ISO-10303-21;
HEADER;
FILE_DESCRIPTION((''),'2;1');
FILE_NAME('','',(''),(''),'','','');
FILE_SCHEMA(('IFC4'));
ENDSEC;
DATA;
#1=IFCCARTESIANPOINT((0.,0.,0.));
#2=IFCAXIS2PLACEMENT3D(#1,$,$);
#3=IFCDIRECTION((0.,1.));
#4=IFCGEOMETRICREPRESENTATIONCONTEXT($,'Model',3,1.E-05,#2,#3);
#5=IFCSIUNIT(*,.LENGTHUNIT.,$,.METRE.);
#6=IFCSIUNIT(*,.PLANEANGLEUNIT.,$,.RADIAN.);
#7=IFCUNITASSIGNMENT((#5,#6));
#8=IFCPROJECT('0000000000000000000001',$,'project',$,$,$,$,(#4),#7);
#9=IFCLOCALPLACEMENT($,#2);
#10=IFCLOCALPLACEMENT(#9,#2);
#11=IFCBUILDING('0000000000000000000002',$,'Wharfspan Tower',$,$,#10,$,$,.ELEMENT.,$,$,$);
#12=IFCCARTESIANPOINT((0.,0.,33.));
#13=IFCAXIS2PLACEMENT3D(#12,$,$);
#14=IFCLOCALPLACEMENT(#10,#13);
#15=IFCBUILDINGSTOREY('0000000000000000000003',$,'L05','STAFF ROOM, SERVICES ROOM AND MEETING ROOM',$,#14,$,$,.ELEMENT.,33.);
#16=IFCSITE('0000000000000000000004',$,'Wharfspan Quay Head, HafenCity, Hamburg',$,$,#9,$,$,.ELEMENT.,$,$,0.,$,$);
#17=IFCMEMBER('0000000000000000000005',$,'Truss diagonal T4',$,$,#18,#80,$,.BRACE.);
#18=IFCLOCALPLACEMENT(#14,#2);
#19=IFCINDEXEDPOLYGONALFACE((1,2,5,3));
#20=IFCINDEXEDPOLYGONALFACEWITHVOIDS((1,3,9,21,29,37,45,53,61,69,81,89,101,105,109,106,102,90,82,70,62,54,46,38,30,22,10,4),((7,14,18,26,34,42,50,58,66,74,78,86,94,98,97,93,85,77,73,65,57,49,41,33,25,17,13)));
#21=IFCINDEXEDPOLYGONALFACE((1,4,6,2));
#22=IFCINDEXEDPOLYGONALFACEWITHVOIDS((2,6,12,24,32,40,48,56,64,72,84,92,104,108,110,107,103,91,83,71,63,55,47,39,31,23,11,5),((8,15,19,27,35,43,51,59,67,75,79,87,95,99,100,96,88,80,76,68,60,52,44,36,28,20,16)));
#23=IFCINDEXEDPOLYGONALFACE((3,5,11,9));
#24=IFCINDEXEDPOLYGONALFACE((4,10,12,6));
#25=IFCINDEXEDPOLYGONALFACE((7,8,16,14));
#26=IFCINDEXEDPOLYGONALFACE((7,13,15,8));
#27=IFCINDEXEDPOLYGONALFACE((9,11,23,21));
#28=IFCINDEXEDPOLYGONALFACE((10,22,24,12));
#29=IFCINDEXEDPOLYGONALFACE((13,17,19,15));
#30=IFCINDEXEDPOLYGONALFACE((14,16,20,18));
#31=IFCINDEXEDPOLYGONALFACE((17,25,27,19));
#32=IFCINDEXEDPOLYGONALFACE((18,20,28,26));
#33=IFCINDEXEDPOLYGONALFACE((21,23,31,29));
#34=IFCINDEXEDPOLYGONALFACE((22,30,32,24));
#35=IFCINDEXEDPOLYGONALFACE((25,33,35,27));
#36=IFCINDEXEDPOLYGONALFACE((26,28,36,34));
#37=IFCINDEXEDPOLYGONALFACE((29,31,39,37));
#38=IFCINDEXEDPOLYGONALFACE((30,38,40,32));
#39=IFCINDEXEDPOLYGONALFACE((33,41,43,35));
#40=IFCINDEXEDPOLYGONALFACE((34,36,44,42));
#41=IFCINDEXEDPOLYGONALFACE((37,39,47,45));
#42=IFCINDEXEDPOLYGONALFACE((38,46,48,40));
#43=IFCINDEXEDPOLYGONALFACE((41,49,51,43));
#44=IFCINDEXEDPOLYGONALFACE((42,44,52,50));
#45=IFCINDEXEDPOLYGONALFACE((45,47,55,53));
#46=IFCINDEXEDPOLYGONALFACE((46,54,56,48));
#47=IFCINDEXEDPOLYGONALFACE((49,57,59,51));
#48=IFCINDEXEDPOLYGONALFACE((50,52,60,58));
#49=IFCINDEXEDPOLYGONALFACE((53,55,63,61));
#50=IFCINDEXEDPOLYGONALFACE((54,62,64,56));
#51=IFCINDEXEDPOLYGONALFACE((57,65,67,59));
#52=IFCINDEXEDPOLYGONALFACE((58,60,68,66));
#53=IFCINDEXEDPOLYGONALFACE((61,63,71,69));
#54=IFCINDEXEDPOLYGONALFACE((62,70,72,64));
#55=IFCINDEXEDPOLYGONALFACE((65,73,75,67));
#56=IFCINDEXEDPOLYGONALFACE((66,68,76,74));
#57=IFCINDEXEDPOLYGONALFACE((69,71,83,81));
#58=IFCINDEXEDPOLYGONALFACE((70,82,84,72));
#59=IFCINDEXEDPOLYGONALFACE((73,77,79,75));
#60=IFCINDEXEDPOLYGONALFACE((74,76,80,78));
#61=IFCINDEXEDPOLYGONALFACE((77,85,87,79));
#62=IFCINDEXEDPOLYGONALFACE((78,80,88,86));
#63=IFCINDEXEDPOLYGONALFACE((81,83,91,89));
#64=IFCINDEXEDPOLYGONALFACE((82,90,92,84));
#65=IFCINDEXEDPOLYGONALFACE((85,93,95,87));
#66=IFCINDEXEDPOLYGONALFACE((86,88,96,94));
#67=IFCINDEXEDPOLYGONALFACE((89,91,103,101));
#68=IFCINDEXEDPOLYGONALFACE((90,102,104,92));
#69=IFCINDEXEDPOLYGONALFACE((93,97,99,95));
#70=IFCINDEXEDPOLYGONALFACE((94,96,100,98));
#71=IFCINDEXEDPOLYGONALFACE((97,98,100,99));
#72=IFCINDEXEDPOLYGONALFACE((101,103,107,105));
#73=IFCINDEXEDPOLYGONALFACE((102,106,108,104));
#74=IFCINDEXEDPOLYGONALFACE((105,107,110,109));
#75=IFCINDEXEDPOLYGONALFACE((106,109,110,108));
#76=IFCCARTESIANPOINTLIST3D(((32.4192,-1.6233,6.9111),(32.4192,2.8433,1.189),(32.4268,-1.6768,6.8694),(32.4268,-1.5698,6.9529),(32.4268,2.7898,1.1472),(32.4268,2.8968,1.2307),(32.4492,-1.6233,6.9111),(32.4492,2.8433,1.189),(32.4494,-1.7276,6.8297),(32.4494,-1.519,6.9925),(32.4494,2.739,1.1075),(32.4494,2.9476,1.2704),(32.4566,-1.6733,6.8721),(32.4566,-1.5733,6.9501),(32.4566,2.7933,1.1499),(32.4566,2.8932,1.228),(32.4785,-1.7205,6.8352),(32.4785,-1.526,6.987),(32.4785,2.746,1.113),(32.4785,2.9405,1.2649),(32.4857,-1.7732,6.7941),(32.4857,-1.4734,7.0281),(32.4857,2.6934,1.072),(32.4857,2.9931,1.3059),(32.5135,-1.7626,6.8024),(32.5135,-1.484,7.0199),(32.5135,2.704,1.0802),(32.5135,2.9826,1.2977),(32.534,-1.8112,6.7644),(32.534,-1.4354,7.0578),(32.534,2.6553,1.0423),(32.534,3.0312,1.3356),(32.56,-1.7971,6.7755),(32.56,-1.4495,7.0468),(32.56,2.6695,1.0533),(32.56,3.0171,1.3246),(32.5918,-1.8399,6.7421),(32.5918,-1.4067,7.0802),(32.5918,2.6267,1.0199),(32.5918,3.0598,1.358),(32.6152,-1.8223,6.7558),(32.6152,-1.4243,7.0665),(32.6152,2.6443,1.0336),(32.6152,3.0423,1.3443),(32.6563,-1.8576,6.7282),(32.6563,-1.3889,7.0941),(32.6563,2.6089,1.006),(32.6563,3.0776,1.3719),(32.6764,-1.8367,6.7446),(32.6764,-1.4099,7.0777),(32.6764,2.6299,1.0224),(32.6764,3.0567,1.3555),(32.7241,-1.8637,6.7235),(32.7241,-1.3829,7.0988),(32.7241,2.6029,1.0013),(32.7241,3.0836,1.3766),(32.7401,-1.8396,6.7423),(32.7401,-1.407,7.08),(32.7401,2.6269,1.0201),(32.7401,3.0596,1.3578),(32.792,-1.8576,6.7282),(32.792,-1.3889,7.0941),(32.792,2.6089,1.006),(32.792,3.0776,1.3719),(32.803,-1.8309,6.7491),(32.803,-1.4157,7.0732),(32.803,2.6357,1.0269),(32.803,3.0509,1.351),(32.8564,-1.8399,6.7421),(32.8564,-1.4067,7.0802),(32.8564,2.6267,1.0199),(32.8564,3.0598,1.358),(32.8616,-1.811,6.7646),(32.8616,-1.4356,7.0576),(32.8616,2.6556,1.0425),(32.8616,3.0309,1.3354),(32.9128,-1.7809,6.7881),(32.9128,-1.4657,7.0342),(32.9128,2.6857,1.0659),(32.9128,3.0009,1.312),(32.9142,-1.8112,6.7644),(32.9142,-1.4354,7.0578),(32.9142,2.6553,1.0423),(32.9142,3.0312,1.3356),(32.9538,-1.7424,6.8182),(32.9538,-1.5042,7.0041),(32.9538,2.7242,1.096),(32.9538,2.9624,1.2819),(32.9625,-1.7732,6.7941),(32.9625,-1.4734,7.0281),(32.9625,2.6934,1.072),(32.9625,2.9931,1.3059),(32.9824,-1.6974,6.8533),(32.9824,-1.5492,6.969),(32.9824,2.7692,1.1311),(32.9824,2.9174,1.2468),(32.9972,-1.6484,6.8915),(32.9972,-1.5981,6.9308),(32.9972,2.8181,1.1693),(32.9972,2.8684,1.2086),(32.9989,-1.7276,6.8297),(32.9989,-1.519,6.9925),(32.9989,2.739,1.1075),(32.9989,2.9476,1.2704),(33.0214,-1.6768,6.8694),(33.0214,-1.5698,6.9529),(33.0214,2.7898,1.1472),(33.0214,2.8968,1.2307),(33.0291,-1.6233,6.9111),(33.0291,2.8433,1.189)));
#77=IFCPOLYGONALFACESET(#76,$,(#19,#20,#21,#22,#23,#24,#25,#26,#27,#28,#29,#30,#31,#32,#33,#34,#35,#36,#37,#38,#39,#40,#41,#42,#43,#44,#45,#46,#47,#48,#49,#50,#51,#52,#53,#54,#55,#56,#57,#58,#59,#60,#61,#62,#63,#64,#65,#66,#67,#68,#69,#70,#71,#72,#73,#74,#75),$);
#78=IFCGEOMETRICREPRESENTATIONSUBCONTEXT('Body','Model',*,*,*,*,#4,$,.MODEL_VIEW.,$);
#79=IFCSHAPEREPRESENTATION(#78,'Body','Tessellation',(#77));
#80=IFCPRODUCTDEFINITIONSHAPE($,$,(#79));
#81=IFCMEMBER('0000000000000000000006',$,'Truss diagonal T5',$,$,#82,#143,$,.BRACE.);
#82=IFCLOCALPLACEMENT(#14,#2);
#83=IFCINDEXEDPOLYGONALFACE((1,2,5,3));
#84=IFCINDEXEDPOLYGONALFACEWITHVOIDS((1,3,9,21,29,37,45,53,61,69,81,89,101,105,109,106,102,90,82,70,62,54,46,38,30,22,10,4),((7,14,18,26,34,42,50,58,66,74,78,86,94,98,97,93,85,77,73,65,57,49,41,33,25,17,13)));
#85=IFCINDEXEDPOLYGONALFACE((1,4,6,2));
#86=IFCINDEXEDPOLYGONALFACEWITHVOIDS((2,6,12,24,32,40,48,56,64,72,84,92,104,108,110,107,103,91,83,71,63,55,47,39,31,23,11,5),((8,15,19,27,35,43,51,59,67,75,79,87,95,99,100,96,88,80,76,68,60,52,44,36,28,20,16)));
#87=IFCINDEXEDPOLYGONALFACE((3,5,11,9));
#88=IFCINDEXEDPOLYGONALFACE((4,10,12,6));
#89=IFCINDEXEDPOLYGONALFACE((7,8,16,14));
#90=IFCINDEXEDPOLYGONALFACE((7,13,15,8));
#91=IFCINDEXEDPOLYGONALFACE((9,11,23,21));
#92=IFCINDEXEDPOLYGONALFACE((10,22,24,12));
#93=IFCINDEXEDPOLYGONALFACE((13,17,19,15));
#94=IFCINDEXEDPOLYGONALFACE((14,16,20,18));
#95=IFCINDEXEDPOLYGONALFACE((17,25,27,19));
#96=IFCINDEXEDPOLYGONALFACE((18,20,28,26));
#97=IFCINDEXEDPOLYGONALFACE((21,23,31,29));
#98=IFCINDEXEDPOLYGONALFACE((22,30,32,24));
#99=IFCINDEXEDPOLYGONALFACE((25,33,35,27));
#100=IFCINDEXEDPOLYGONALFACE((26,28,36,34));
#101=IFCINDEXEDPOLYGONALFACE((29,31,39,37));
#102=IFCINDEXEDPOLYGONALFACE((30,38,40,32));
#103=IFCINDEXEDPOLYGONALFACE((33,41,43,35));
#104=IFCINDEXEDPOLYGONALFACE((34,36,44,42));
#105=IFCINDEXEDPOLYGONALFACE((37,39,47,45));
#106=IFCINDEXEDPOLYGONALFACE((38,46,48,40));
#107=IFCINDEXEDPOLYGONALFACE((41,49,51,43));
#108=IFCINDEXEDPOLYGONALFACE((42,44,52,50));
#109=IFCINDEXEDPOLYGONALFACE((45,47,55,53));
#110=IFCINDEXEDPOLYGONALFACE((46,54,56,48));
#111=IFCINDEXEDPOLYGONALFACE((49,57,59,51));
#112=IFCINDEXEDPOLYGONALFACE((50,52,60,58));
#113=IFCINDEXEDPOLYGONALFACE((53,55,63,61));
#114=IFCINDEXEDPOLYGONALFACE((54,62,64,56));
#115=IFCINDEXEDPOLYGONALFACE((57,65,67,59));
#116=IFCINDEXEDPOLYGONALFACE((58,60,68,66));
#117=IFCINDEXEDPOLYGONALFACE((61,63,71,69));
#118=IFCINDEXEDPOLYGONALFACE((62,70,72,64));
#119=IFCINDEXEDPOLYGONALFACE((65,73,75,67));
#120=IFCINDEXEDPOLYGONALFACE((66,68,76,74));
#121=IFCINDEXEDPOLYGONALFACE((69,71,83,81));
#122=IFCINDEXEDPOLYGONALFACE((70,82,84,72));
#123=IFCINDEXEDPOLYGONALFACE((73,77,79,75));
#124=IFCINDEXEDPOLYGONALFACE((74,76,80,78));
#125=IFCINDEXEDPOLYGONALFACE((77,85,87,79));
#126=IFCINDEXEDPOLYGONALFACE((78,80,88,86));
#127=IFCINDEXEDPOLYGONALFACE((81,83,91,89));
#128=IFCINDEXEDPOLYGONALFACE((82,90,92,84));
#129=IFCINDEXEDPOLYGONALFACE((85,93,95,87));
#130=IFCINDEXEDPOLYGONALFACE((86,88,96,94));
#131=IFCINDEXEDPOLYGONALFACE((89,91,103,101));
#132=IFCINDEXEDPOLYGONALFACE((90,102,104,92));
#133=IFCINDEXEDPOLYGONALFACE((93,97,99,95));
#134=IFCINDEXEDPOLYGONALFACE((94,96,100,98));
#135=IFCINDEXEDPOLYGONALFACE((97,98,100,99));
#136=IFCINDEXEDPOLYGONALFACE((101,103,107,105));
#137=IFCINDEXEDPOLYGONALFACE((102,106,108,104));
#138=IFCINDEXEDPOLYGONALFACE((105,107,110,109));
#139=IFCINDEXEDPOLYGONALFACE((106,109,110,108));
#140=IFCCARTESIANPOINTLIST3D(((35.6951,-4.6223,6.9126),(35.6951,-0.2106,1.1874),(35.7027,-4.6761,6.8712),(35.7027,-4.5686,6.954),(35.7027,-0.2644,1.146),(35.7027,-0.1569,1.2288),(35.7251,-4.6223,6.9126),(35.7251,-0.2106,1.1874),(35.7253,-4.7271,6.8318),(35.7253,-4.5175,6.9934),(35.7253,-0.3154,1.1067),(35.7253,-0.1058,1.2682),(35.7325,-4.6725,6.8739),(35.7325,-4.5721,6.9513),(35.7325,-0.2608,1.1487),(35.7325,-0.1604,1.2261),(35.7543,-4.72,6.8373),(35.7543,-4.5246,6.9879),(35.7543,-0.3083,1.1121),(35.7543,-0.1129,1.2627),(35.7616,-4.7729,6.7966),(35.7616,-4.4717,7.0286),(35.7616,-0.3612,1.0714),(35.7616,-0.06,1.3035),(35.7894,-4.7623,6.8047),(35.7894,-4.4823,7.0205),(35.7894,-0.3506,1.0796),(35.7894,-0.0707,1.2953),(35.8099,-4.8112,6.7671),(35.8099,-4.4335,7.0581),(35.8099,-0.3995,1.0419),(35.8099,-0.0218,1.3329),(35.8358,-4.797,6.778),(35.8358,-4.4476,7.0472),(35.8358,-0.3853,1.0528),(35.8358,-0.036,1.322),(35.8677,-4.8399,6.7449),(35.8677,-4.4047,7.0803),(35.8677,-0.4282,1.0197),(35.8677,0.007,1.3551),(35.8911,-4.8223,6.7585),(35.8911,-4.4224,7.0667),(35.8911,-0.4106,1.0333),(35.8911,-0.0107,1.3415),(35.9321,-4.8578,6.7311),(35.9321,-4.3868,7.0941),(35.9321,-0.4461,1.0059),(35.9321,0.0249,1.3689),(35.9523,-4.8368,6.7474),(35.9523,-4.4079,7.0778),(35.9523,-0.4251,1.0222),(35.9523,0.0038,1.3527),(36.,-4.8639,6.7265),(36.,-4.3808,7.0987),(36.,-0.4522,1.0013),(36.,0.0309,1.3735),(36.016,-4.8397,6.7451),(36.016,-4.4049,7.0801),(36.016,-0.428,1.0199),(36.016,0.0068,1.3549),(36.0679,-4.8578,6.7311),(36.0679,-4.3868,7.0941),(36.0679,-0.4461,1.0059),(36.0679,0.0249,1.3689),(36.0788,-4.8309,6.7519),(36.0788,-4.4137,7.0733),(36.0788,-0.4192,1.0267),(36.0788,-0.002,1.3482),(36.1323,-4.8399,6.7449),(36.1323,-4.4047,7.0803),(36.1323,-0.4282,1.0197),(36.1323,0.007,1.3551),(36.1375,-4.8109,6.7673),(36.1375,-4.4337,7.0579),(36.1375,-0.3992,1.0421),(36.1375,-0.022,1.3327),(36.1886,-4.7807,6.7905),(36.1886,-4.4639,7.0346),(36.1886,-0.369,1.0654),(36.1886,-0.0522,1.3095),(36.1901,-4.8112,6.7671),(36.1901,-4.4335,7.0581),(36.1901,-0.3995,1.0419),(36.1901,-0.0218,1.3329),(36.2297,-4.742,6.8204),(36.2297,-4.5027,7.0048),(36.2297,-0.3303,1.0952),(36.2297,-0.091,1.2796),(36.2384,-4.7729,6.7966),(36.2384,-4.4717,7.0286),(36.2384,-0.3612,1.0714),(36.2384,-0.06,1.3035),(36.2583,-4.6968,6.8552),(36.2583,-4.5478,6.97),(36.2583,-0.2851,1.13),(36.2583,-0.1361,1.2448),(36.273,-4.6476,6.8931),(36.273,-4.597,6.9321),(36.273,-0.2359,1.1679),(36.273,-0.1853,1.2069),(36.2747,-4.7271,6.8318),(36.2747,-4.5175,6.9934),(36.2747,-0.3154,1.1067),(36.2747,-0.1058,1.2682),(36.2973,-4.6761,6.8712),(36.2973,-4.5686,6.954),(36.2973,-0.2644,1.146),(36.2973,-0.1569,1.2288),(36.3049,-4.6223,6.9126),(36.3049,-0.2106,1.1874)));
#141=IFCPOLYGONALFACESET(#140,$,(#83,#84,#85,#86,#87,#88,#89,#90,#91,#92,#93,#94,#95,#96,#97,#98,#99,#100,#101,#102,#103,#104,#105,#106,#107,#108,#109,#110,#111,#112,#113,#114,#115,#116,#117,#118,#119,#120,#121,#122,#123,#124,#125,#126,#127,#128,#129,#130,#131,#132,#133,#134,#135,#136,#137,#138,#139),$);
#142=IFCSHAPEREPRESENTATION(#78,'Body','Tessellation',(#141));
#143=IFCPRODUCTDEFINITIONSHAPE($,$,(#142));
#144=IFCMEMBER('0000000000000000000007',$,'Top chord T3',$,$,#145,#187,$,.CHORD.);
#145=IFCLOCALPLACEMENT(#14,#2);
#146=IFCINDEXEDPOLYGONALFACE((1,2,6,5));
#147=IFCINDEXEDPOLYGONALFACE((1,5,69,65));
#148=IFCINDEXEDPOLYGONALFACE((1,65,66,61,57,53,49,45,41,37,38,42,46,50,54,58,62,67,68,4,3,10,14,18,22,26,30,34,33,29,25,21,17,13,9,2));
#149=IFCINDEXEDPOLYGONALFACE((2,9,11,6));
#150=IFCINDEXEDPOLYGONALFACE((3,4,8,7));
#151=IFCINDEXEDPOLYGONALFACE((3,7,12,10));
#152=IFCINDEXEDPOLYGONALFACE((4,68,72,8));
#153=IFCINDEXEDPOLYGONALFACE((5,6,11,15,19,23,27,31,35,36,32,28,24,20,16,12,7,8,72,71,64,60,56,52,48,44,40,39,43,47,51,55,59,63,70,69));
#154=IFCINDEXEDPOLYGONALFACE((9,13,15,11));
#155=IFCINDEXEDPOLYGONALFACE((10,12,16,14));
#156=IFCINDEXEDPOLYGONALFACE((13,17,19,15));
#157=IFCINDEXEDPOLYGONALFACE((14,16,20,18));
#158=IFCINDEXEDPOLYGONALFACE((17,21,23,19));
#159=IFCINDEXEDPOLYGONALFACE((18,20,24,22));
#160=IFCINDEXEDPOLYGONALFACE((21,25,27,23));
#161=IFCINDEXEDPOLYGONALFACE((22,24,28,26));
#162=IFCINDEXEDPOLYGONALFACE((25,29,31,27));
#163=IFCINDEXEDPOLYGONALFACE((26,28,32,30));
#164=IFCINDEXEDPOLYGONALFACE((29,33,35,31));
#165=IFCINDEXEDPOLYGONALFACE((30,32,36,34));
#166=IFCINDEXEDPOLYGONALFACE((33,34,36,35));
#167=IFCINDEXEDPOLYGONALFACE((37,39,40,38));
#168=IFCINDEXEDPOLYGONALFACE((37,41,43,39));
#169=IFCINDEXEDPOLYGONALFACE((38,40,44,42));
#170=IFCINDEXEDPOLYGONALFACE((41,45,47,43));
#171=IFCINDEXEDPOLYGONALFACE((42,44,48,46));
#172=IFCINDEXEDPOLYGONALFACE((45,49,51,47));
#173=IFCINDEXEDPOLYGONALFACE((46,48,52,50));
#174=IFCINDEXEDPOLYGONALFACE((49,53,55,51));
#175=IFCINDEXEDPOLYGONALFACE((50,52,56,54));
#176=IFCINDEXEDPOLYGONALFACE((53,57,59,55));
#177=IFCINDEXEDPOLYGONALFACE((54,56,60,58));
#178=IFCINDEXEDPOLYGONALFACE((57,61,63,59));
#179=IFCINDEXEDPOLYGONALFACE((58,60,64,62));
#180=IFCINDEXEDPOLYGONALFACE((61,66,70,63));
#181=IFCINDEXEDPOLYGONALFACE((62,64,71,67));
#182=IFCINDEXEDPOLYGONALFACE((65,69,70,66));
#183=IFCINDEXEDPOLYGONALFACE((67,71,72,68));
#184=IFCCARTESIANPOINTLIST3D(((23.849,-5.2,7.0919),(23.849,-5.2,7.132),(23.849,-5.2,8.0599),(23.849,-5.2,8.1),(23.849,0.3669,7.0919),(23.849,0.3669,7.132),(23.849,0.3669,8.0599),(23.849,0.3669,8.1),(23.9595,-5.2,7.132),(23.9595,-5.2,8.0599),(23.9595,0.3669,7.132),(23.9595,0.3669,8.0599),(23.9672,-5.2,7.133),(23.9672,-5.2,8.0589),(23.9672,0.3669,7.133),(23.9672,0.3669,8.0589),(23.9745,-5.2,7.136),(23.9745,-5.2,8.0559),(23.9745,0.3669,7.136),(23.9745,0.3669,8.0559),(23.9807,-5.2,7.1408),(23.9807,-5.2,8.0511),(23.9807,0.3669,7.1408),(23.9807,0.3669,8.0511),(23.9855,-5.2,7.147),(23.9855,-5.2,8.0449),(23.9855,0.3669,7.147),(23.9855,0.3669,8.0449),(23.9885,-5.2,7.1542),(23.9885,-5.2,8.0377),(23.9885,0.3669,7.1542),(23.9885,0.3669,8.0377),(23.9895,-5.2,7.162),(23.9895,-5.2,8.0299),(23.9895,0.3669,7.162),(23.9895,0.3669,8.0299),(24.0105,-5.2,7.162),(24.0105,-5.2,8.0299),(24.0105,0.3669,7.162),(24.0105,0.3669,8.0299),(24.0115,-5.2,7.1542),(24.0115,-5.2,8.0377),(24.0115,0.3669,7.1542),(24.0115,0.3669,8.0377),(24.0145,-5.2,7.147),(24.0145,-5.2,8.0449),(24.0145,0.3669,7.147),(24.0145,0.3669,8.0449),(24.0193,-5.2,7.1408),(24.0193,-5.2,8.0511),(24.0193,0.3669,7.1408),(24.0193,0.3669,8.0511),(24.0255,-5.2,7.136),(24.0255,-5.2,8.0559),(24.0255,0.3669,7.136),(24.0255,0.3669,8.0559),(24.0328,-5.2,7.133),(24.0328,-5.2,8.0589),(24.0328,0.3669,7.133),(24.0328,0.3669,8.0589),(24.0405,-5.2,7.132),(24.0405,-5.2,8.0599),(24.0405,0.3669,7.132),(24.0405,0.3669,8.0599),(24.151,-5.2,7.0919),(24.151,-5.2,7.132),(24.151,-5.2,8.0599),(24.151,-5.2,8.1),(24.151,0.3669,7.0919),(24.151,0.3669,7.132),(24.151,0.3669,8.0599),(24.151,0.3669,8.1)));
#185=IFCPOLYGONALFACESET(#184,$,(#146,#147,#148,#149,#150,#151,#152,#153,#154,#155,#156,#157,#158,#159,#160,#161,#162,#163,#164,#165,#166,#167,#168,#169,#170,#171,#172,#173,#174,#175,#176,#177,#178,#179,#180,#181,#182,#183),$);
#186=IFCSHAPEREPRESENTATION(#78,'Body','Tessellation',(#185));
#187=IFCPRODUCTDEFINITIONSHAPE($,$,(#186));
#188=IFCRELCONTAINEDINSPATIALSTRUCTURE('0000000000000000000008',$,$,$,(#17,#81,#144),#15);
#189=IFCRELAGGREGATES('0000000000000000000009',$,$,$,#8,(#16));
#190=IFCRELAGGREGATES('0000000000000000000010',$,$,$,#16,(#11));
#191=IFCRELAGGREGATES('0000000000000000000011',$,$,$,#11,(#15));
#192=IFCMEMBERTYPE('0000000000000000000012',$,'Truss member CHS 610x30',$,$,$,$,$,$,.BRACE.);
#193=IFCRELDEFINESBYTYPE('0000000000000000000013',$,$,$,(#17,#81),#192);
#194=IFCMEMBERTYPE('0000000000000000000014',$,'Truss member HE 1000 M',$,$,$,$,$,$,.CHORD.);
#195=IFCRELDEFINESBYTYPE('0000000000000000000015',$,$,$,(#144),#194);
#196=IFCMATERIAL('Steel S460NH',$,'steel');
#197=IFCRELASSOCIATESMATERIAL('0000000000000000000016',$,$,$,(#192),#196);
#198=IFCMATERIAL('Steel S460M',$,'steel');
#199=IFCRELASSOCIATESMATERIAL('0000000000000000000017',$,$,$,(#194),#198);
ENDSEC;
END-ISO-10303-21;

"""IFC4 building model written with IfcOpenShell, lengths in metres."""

from ifc_helpers import new_model, si_unit, direction, frame, origin, origin_2d, place, context, subcontext, project, spatial, hollow_circle, i_section, extrude, material, material_profile, profile_set, type_object, element, save


model = new_model("IFC4")

# Units and contexts
model_context = context("Model", 3, precision=1e-05, world=origin(), true_north=direction((0.0, 1.0)))
body_context = subcontext(model_context, "Body", "Model", "MODEL_VIEW")
ifc_project = project(units=[si_unit("LENGTHUNIT", "METRE"), si_unit("PLANEANGLEUNIT", "RADIAN")], contexts=[model_context])

# Site, building, storey
site_placement = place(None, origin())
site = spatial("IfcSite", under=ifc_project, at=site_placement, Name="Wharfspan Quay Head, HafenCity, Hamburg", CompositionType="ELEMENT", RefElevation=0.0)
building_placement = place(site_placement, origin())
building = spatial("IfcBuilding", under=site, at=building_placement, Name="Wharfspan Tower", CompositionType="ELEMENT")
storey_placement = place(building_placement, frame((0.0, 0.0, 33.0)))
storey = spatial("IfcBuildingStorey", under=building, at=storey_placement, Name="L05", Description="STAFF ROOM, SERVICES ROOM AND MEETING ROOM", CompositionType="ELEMENT", Elevation=33.0)

# Members
ifc_material_1 = material(Name="Steel S460NH", Category="steel")
ifc_material_profile_1 = material_profile(ifc_material_1, hollow_circle(Radius=0.3049, WallThickness=0.03, at=origin_2d()))
ifc_profile_set_1 = profile_set([ifc_material_profile_1], Name="Steel S460NH")
member_type_1 = type_object("IfcMemberType", Name="Truss member CHS 610x30", PredefinedType="BRACE", material=ifc_profile_set_1)
member_1_placement = place(storey_placement, frame((32.7241, -1.6233, 6.9111), z_axis=(0.0, 0.615311, -0.788284), x_axis=(-1.0, 0.0, 0.0)))
element("IfcMember", 1, at=member_1_placement, inside=storey, type_object=member_type_1, Name="Truss diagonal T4", PredefinedType="BRACE", context=body_context, shape_type="SweptSolid", body=[
    extrude(hollow_circle(Radius=0.3049, WallThickness=0.03, at=origin_2d()), origin(), (0.0, 0.0, 1.0), 7.259),
])
member_2_placement = place(storey_placement, frame((36.0, -4.6223, 6.9126), z_axis=(0.0, 0.61038, -0.792109), x_axis=(-1.0, 0.0, 0.0)))
element("IfcMember", 2, at=member_2_placement, inside=storey, type_object=member_type_1, Name="Truss diagonal T5", PredefinedType="BRACE", context=body_context, shape_type="SweptSolid", body=[
    extrude(hollow_circle(Radius=0.3049, WallThickness=0.03, at=origin_2d()), origin(), (0.0, 0.0, 1.0), 7.2278),
])
ifc_material_2 = material(Name="Steel S460M", Category="steel")
ifc_material_profile_2 = material_profile(ifc_material_2, i_section(OverallWidth=0.302, OverallDepth=1.0081, WebThickness=0.021, FlangeThickness=0.04, FilletRadius=0.03, at=origin_2d()))
ifc_profile_set_2 = profile_set([ifc_material_profile_2], Name="Steel S460M")
member_type_2 = type_object("IfcMemberType", Name="Truss member HE 1000 M", PredefinedType="CHORD", material=ifc_profile_set_2)
for number, where, z_axis, x_axis, name in (
    (3, (24.0, -5.2, 7.5959), (0.0, 1.0, 0.0), (-1.0, 0.0, 0.0), "Top chord T3"),
):
    element("IfcMember", number, at=place(storey_placement, frame(where, z_axis=z_axis, x_axis=x_axis)), inside=storey, type_object=member_type_2, Name=name, PredefinedType="CHORD", context=body_context, shape_type="SweptSolid", body=[
        extrude(i_section(OverallWidth=0.302, OverallDepth=1.0081, WebThickness=0.021, FlangeThickness=0.04, FilletRadius=0.03, at=origin_2d()), origin(), (0.0, 0.0, 1.0), 5.5669),
    ])

save(model, "model.ifc")
